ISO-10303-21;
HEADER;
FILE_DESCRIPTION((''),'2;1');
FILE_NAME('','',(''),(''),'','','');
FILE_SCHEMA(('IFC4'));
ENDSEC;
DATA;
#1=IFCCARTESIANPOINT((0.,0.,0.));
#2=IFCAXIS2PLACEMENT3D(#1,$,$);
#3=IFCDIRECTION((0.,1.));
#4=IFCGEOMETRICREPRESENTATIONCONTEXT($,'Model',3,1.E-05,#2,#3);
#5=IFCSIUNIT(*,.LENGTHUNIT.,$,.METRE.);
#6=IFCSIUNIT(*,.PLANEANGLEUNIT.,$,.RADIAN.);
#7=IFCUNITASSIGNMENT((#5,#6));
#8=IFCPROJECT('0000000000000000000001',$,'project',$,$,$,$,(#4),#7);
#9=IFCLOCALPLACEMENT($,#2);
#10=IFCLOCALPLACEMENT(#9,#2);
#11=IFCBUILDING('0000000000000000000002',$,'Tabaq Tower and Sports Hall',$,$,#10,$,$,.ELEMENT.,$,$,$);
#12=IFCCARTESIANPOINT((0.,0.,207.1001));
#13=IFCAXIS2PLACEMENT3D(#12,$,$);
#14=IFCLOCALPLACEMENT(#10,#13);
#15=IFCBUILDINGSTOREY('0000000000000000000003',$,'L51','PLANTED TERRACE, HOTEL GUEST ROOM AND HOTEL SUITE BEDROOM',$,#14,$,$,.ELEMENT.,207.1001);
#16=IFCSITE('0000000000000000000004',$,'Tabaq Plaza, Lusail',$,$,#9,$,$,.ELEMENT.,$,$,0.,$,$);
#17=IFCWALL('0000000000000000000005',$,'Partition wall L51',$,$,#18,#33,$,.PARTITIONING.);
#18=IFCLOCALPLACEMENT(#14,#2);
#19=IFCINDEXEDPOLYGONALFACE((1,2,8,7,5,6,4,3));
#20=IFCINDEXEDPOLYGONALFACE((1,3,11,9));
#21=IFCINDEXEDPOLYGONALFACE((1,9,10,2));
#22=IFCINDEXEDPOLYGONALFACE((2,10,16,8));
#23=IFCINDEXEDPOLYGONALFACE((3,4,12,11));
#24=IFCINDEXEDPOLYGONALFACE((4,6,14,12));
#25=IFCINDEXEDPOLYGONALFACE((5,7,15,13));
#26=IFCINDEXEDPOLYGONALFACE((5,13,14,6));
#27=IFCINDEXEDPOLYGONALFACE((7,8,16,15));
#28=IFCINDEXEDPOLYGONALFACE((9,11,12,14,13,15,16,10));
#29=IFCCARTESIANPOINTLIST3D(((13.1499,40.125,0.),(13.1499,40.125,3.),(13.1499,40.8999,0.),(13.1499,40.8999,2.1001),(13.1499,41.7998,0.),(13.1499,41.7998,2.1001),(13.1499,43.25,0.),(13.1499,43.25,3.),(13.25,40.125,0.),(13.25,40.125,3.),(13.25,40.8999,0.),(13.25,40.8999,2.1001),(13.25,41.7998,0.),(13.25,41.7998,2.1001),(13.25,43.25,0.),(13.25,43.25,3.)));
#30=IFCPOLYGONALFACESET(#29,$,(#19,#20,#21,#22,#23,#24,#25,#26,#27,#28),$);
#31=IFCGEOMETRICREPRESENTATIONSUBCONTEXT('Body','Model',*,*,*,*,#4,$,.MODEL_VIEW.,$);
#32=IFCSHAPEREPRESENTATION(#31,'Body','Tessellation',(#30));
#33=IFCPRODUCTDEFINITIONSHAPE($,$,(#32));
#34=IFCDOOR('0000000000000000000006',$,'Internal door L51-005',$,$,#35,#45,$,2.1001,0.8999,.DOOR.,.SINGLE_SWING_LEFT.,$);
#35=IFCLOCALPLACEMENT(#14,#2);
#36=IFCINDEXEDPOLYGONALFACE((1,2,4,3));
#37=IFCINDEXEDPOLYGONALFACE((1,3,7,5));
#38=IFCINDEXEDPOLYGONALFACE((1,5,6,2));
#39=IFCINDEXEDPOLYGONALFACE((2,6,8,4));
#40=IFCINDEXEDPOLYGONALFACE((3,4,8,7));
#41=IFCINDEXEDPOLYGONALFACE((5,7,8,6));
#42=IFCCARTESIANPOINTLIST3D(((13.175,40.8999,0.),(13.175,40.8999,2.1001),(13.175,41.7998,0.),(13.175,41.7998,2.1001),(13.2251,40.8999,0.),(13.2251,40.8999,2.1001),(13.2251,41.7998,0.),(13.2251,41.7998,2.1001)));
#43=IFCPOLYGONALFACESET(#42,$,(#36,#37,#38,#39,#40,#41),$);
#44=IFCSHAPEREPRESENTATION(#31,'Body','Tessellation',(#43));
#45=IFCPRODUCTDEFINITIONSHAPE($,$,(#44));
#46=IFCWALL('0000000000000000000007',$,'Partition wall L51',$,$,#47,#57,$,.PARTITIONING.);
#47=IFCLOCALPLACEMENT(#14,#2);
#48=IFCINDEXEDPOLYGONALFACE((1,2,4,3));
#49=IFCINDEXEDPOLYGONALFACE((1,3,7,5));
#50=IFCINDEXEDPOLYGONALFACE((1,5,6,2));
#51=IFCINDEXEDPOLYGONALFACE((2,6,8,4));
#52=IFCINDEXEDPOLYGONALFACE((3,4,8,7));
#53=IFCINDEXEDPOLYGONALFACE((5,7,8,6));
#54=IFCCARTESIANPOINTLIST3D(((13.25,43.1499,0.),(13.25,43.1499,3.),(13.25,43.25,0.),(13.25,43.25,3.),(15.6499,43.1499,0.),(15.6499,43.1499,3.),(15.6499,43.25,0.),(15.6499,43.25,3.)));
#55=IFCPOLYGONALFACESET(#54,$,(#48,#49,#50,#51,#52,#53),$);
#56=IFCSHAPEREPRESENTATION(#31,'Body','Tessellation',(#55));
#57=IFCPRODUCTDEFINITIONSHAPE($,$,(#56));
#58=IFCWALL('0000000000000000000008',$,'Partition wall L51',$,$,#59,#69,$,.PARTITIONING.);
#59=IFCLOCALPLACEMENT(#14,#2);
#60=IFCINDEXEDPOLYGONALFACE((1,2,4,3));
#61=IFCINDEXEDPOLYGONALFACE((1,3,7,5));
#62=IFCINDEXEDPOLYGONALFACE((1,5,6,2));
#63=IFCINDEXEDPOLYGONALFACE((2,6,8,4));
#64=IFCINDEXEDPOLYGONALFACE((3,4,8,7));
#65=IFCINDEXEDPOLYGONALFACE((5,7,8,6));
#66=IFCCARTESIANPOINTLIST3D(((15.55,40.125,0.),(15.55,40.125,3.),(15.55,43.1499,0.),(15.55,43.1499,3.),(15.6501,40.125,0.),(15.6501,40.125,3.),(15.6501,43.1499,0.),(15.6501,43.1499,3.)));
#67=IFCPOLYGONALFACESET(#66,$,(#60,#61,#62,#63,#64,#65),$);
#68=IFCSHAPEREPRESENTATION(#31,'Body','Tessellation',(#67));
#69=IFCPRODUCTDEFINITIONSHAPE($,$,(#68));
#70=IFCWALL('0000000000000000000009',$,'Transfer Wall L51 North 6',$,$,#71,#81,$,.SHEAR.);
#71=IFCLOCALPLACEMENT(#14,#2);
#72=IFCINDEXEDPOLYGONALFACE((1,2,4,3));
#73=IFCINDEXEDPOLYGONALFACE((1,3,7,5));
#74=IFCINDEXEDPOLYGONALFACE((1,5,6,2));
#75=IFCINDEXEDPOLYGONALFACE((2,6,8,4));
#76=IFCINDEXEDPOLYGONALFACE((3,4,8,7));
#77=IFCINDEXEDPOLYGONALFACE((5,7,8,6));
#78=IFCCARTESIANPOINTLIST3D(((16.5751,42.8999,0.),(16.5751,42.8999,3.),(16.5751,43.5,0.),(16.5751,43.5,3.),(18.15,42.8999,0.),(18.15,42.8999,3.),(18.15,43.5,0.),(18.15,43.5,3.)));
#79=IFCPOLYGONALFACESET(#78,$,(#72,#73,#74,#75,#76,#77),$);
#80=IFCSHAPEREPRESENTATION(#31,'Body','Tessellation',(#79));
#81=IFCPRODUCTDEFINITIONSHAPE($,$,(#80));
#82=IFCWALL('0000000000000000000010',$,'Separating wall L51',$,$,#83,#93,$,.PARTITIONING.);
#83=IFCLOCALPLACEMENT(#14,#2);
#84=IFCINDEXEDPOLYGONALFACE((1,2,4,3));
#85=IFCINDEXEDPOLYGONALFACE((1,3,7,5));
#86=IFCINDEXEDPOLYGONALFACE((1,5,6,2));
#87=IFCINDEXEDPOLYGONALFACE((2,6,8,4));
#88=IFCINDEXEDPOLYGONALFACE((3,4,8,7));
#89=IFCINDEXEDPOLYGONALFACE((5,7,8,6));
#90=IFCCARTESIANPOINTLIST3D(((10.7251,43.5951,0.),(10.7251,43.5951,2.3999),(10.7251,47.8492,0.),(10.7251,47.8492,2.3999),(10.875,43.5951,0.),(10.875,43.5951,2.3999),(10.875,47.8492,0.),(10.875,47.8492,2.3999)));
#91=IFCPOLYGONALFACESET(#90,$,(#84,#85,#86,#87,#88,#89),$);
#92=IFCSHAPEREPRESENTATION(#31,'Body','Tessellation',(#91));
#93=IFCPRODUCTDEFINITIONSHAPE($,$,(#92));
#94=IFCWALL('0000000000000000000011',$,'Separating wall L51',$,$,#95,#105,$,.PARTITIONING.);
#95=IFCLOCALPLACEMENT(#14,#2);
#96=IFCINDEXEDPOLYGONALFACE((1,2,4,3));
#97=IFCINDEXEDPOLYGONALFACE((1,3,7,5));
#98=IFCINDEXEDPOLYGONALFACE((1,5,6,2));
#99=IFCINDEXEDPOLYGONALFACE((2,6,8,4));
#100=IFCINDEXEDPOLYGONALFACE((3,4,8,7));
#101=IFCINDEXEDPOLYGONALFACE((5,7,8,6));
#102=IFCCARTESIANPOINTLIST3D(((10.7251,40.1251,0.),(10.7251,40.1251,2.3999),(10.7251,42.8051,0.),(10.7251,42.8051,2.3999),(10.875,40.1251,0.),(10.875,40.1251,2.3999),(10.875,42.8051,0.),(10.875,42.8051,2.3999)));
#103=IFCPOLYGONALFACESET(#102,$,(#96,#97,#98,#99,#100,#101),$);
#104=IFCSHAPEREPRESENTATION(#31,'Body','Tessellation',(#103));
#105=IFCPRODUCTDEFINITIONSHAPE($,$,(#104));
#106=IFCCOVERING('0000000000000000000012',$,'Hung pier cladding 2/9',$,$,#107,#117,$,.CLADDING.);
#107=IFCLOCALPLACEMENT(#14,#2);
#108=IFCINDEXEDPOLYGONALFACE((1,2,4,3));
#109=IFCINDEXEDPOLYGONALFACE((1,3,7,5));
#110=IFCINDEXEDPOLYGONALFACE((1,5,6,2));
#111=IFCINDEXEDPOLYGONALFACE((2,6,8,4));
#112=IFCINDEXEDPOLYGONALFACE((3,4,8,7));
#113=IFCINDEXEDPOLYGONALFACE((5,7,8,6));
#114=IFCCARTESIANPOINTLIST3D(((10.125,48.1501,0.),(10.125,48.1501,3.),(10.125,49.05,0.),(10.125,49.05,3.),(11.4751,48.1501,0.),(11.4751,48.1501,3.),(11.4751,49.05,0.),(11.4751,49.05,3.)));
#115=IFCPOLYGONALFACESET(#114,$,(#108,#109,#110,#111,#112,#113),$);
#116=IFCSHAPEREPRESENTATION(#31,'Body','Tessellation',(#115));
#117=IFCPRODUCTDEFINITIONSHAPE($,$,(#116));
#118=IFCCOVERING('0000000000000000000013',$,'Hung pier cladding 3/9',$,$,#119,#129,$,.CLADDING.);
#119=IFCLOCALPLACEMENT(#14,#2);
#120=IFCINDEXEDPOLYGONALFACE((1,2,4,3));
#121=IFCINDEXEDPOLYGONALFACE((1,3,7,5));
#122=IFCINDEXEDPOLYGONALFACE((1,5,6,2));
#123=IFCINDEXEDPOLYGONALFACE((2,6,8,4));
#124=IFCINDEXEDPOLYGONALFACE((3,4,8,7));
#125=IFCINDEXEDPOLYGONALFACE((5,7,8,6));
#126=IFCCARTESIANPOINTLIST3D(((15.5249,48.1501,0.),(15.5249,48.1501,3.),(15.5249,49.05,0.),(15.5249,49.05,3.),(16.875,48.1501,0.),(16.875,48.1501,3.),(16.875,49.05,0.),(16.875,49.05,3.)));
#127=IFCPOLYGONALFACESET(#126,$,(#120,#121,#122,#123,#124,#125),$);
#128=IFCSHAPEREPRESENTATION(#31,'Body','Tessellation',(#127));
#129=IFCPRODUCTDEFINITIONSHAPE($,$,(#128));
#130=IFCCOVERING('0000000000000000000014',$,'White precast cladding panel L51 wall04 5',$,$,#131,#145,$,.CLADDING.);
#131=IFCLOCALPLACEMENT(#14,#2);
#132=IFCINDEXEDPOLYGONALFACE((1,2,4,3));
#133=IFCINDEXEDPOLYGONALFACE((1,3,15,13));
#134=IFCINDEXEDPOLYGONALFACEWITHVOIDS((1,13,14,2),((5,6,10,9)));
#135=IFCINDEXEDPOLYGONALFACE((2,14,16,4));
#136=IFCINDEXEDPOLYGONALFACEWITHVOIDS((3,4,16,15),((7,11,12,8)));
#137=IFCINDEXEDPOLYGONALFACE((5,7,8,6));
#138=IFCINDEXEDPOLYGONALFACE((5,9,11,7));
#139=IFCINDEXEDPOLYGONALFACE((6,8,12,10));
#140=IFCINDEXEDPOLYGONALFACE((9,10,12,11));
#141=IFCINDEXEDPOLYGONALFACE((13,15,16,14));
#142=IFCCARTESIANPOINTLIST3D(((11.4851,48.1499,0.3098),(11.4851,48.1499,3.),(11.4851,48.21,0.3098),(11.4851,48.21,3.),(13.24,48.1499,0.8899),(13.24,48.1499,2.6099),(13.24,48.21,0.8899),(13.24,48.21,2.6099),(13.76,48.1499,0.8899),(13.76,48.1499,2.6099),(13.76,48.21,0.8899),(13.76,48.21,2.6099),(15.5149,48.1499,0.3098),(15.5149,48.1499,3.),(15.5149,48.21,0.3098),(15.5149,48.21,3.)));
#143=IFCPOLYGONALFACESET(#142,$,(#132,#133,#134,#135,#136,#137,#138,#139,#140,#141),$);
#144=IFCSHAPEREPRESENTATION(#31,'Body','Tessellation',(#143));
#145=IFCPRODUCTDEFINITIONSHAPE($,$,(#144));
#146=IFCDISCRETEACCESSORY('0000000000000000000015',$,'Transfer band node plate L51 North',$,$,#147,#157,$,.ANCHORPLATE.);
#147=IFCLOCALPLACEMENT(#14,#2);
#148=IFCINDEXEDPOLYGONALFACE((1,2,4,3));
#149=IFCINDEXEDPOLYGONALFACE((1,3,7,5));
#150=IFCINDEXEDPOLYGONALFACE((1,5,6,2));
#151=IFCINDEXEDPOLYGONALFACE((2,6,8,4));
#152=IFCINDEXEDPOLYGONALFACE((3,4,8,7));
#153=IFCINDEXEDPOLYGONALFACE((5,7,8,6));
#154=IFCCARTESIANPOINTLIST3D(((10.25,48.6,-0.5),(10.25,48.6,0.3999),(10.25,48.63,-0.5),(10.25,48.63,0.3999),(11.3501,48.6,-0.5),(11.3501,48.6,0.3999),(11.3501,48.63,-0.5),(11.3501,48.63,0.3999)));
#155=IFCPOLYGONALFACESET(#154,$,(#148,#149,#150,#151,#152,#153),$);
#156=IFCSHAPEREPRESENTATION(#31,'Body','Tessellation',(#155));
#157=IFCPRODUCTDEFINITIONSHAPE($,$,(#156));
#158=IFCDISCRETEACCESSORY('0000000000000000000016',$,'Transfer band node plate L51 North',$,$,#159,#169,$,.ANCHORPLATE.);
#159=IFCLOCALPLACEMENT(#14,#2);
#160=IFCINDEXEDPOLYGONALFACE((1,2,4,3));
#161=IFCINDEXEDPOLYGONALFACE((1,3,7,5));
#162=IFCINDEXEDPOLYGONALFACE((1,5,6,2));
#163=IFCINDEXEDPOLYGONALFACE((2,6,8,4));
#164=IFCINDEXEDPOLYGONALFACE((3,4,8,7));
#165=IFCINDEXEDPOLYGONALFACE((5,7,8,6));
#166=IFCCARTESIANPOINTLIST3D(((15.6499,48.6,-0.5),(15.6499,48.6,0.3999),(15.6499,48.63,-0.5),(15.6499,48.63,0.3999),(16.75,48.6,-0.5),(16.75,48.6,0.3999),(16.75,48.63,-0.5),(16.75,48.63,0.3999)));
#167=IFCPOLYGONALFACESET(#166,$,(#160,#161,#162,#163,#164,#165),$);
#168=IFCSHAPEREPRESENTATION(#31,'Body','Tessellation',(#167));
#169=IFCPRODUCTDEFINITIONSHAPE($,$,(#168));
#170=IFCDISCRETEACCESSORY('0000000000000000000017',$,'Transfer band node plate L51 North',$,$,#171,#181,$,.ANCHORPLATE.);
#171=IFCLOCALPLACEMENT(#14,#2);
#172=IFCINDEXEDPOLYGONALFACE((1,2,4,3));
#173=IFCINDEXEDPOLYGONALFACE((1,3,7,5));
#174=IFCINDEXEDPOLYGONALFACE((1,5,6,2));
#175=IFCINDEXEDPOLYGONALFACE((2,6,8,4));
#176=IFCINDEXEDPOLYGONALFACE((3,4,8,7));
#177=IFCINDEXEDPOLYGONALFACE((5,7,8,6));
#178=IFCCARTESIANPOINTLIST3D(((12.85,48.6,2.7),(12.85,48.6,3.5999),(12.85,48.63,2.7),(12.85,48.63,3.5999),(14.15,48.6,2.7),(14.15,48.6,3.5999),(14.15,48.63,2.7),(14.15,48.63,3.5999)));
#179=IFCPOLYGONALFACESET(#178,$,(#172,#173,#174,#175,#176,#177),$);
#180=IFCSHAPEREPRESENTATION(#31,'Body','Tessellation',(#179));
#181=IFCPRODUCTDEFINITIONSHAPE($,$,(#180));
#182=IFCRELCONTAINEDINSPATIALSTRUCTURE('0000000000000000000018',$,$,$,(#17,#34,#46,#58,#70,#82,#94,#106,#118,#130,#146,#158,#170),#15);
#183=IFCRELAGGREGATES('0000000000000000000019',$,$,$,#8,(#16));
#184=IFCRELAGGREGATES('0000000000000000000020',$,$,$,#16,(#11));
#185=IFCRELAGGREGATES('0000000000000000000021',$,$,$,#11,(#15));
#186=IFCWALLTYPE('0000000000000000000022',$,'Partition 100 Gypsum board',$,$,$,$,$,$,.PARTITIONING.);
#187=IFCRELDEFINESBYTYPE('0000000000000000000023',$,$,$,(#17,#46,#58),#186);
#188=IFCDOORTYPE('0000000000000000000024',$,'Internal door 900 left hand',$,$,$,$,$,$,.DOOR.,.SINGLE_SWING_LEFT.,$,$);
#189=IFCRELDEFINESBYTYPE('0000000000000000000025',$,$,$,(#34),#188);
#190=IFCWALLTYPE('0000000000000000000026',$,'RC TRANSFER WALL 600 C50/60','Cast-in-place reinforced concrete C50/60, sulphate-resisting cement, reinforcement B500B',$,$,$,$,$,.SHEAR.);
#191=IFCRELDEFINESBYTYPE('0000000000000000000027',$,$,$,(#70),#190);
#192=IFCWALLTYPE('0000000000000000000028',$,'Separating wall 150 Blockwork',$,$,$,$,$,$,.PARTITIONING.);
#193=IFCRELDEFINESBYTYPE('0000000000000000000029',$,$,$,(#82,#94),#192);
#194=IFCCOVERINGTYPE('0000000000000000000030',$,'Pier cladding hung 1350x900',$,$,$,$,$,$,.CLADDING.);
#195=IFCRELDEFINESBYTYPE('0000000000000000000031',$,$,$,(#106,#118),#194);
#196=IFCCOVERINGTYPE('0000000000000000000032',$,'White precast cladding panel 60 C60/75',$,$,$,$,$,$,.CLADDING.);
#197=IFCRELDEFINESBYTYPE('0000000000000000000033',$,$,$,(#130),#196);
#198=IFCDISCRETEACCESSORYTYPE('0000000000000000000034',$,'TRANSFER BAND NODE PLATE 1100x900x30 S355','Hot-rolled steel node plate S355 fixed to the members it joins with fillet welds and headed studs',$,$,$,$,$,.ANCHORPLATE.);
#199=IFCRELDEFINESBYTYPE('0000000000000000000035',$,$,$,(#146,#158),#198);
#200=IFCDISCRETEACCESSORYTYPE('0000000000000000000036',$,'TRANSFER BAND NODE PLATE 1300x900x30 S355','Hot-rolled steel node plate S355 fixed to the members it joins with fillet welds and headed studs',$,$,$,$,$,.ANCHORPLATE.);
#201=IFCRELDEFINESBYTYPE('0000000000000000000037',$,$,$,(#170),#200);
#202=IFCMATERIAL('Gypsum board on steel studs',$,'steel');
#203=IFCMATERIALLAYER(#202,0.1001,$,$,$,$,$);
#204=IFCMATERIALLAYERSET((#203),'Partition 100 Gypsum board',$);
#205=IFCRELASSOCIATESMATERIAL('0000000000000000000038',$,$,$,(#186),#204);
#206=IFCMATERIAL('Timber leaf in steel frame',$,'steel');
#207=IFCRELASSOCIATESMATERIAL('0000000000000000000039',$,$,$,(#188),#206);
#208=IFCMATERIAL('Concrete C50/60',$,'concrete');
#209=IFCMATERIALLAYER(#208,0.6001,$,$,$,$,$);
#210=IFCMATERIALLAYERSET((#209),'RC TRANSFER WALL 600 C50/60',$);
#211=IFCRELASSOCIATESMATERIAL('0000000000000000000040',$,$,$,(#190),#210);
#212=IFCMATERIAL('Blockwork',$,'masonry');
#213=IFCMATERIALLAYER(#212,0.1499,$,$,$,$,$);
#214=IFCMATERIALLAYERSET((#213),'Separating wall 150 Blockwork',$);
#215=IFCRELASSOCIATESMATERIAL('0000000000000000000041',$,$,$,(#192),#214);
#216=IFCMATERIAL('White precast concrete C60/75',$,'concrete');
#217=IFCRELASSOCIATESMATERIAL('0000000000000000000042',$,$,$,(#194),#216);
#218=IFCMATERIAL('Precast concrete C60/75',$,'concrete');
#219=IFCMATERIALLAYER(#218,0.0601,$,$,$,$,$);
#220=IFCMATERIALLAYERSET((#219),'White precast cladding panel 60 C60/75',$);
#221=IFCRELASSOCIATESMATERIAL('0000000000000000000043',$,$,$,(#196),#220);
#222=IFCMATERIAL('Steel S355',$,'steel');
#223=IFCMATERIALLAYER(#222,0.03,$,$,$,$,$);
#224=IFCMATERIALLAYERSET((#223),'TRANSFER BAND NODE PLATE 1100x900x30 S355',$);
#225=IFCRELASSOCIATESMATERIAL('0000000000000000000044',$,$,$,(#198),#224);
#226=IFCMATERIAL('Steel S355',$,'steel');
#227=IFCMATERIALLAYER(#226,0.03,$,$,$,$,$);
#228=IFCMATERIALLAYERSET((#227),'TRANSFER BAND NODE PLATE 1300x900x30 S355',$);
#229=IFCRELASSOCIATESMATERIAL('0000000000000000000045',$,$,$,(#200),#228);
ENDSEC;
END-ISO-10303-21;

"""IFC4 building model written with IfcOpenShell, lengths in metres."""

from ifc_helpers import new_model, si_unit, direction, frame, frame_2d, origin, origin_2d, place, context, subcontext, project, spatial, polyline, rectangle, outline, extrude, material, layer, layer_set, type_object, element, fill, save


model = new_model("IFC4")

# Units and contexts
model_context = context("Model", 3, precision=1e-05, world=origin(), true_north=direction((0.0, 1.0)))
body_context = subcontext(model_context, "Body", "Model", "MODEL_VIEW")
ifc_project = project(units=[si_unit("LENGTHUNIT", "METRE"), si_unit("PLANEANGLEUNIT", "RADIAN")], contexts=[model_context])

# Site, building, storey
site_placement = place(None, origin())
site = spatial("IfcSite", under=ifc_project, at=site_placement, Name="Tabaq Plaza, Lusail", CompositionType="ELEMENT", RefElevation=0.0)
building_placement = place(site_placement, origin())
building = spatial("IfcBuilding", under=site, at=building_placement, Name="Tabaq Tower and Sports Hall", CompositionType="ELEMENT")
storey_placement = place(building_placement, frame((0.0, 0.0, 207.1001)))
storey = spatial("IfcBuildingStorey", under=building, at=storey_placement, Name="L51", Description="PLANTED TERRACE, HOTEL GUEST ROOM AND HOTEL SUITE BEDROOM", CompositionType="ELEMENT", Elevation=207.1001)

# Shared definitions
ifc_material_1 = material(Name="Gypsum board on steel studs", Category="steel")
ifc_layer_1 = layer(ifc_material_1, 0.1001)
ifc_layer_set_1 = layer_set([ifc_layer_1], Name="Partition 100 Gypsum board")
wall_type_1 = type_object("IfcWallType", Name="Partition 100 Gypsum board", PredefinedType="PARTITIONING", material=ifc_layer_set_1)

# Wall, opening, door
wall_1_placement = place(storey_placement, frame((13.2, 40.125, 0.0), z_axis=(0.0, 0.0, 1.0), x_axis=(0.0, 1.0, 0.0)))
wall_1 = element("IfcWall", 1, at=wall_1_placement, inside=storey, type_object=wall_type_1, Name="Partition wall L51", PredefinedType="PARTITIONING", context=body_context, shape_type="SweptSolid", body=[
    extrude(rectangle(XDim=3.125, YDim=0.1001, at=frame_2d((1.5625, 0.0))), origin(), (0.0, 0.0, 1.0), 3.0),
])
opening_1_placement = place(wall_1_placement, frame((0.7749, 0.0, 0.0)))
opening_1 = element("IfcOpeningElement", 2, at=opening_1_placement, cuts=wall_1, PredefinedType="OPENING", context=body_context, shape_type="SweptSolid", body=[
    extrude(rectangle(XDim=0.8999, YDim=2.1001, at=frame_2d((0.45, 1.05))), frame((0.0, 0.05, 0.0), z_axis=(0.0, -1.0, 0.0), x_axis=(1.0, 0.0, 0.0)), (0.0, 0.0, 1.0), 0.1001),
])
ifc_material_2 = material(Name="Timber leaf in steel frame", Category="steel")
door_type_1 = type_object("IfcDoorType", Name="Internal door 900 left hand", OperationType="SINGLE_SWING_LEFT", PredefinedType="DOOR", material=ifc_material_2)
door_1_placement = place(opening_1_placement, origin())
door_1 = element("IfcDoor", 3, at=door_1_placement, inside=storey, type_object=door_type_1, Name="Internal door L51-005", OperationType="SINGLE_SWING_LEFT", OverallHeight=2.1001, OverallWidth=0.8999, PredefinedType="DOOR", context=body_context, shape_type="SweptSolid", body=[
    extrude(rectangle(XDim=0.8999, YDim=2.1001, at=frame_2d((0.45, 1.05))), frame((0.0, 0.0249, 0.0), z_axis=(0.0, -1.0, 0.0), x_axis=(1.0, 0.0, 0.0)), (0.0, 0.0, 1.0), 0.05),
])
fill(opening_1, door_1)

# Walls
wall_2_placement = place(storey_placement, frame((13.25, 43.2, 0.0), z_axis=(0.0, 0.0, 1.0), x_axis=(1.0, 0.0, 0.0)))
element("IfcWall", 4, at=wall_2_placement, inside=storey, type_object=wall_type_1, Name="Partition wall L51", PredefinedType="PARTITIONING", context=body_context, shape_type="SweptSolid", body=[
    extrude(rectangle(XDim=2.3999, YDim=0.1001, at=frame_2d((1.2, 0.0))), origin(), (0.0, 0.0, 1.0), 3.0),
])
wall_3_placement = place(storey_placement, frame((15.6001, 43.1499, 0.0), z_axis=(0.0, 0.0, 1.0), x_axis=(0.0, -1.0, 0.0)))
element("IfcWall", 5, at=wall_3_placement, inside=storey, type_object=wall_type_1, Name="Partition wall L51", PredefinedType="PARTITIONING", context=body_context, shape_type="SweptSolid", body=[
    extrude(rectangle(XDim=3.0249, YDim=0.1001, at=frame_2d((1.5125, 0.0))), origin(), (0.0, 0.0, 1.0), 3.0),
])
ifc_material_3 = material(Name="Concrete C50/60", Category="concrete")
ifc_layer_2 = layer(ifc_material_3, 0.6001)
ifc_layer_set_2 = layer_set([ifc_layer_2], Name="RC TRANSFER WALL 600 C50/60")
wall_type_2 = type_object("IfcWallType", Name="RC TRANSFER WALL 600 C50/60", Description="Cast-in-place reinforced concrete C50/60, sulphate-resisting cement, reinforcement B500B", PredefinedType="SHEAR", material=ifc_layer_set_2)
wall_4_placement = place(storey_placement, frame((16.575, 43.2, 0.0), z_axis=(0.0, 0.0, 1.0), x_axis=(1.0, 0.0, 0.0)))
element("IfcWall", 6, at=wall_4_placement, inside=storey, type_object=wall_type_2, Name="Transfer Wall L51 North 6", PredefinedType="SHEAR", context=body_context, shape_type="SweptSolid", body=[
    extrude(rectangle(XDim=1.575, YDim=0.6001, at=frame_2d((0.7876, 0.0))), origin(), (0.0, 0.0, 1.0), 3.0),
])
ifc_material_4 = material(Name="Blockwork", Category="masonry")
ifc_layer_3 = layer(ifc_material_4, 0.1499)
ifc_layer_set_3 = layer_set([ifc_layer_3], Name="Separating wall 150 Blockwork")
wall_type_3 = type_object("IfcWallType", Name="Separating wall 150 Blockwork", PredefinedType="PARTITIONING", material=ifc_layer_set_3)
wall_5_placement = place(storey_placement, frame((10.8, 47.8491, 0.0), z_axis=(0.0, 0.0, 1.0), x_axis=(0.0, -1.0, 0.0)))
element("IfcWall", 7, at=wall_5_placement, inside=storey, type_object=wall_type_3, Name="Separating wall L51", PredefinedType="PARTITIONING", context=body_context, shape_type="SweptSolid", body=[
    extrude(rectangle(XDim=4.2542, YDim=0.1499, at=frame_2d((2.127, 0.0))), origin(), (0.0, 0.0, 1.0), 2.3999),
])
wall_6_placement = place(storey_placement, frame((10.8, 42.8049, 0.0), z_axis=(0.0, 0.0, 1.0), x_axis=(0.0, -1.0, 0.0)))
element("IfcWall", 8, at=wall_6_placement, inside=storey, type_object=wall_type_3, Name="Separating wall L51", PredefinedType="PARTITIONING", context=body_context, shape_type="SweptSolid", body=[
    extrude(rectangle(XDim=2.6799, YDim=0.1499, at=frame_2d((1.3398, 0.0))), origin(), (0.0, 0.0, 1.0), 2.3999),
])

# Coverings
ifc_material_5 = material(Name="White precast concrete C60/75", Category="concrete")
covering_type_1 = type_object("IfcCoveringType", Name="Pier cladding hung 1350x900", PredefinedType="CLADDING", material=ifc_material_5)
for number, where, z_axis, x_axis, name in (
    (9, (11.4751, 48.6001, 0.0), (0.0, 0.0, 1.0), (-1.0, 0.0, 0.0), "Hung pier cladding 2/9"),
    (10, (16.875, 48.6001, 0.0), (0.0, 0.0, 1.0), (-1.0, 0.0, 0.0), "Hung pier cladding 3/9"),
):
    element("IfcCovering", number, at=place(storey_placement, frame(where, z_axis=z_axis, x_axis=x_axis)), inside=storey, type_object=covering_type_1, Name=name, PredefinedType="CLADDING", context=body_context, shape_type="SweptSolid", body=[
        extrude(rectangle(XDim=1.3501, YDim=0.8999, at=frame_2d((0.675, 0.0))), origin(), (0.0, 0.0, 1.0), 3.0),
    ])
ifc_material_6 = material(Name="Precast concrete C60/75", Category="concrete")
ifc_layer_4 = layer(ifc_material_6, 0.0601)
ifc_layer_set_4 = layer_set([ifc_layer_4], Name="White precast cladding panel 60 C60/75")
covering_type_2 = type_object("IfcCoveringType", Name="White precast cladding panel 60 C60/75", PredefinedType="CLADDING", material=ifc_layer_set_4)
covering_placement = place(storey_placement, frame((15.5149, 48.1799, 0.3098), z_axis=(0.0, 0.0, 1.0), x_axis=(-1.0, 0.0, 0.0)))
element("IfcCovering", 11, at=covering_placement, inside=storey, type_object=covering_type_2, Name="White precast cladding panel L51 wall04 5", PredefinedType="CLADDING", context=body_context, shape_type="SweptSolid", body=[
    extrude(outline(polyline([(0.0, 0.0), (4.0298, 0.0), (4.0298, 2.6902), (0.0, 2.6902), (0.0, 0.0)]), holes=[polyline([(1.7549, 0.5801), (1.7549, 2.3), (2.2749, 2.3), (2.2749, 0.5801), (1.7549, 0.5801)])]), frame((0.0, 0.03, 0.0), z_axis=(0.0, -1.0, 0.0), x_axis=(1.0, 0.0, 0.0)), (0.0, 0.0, 1.0), 0.0601),
])

# Discrete accessories
ifc_material_7 = material(Name="Steel S355", Category="steel")
ifc_layer_5 = layer(ifc_material_7, 0.03)
ifc_layer_set_5 = layer_set([ifc_layer_5], Name="TRANSFER BAND NODE PLATE 1100x900x30 S355")
discrete_accessory_type_1 = type_object("IfcDiscreteAccessoryType", Name="TRANSFER BAND NODE PLATE 1100x900x30 S355", Description="Hot-rolled steel node plate S355 fixed to the members it joins with fillet welds and headed studs", PredefinedType="ANCHORPLATE", material=ifc_layer_set_5)
for number, where, z_axis, x_axis, name in (
    (12, (10.8, 48.615, -0.5), (0.0, 0.0, 1.0), (-1.0, 0.0, 0.0), "Transfer band node plate L51 North"),
    (13, (16.2, 48.615, -0.5), (0.0, 0.0, 1.0), (-1.0, 0.0, 0.0), "Transfer band node plate L51 North"),
):
    element("IfcDiscreteAccessory", number, at=place(storey_placement, frame(where, z_axis=z_axis, x_axis=x_axis)), inside=storey, type_object=discrete_accessory_type_1, Name=name, PredefinedType="ANCHORPLATE", context=body_context, shape_type="SweptSolid", body=[
        extrude(rectangle(XDim=1.1001, YDim=0.03, at=origin_2d()), origin(), (0.0, 0.0, 1.0), 0.8999),
    ])
ifc_material_8 = material(Name="Steel S355", Category="steel")
ifc_layer_6 = layer(ifc_material_8, 0.03)
ifc_layer_set_6 = layer_set([ifc_layer_6], Name="TRANSFER BAND NODE PLATE 1300x900x30 S355")
discrete_accessory_type_2 = type_object("IfcDiscreteAccessoryType", Name="TRANSFER BAND NODE PLATE 1300x900x30 S355", Description="Hot-rolled steel node plate S355 fixed to the members it joins with fillet welds and headed studs", PredefinedType="ANCHORPLATE", material=ifc_layer_set_6)
for number, where, z_axis, x_axis, name in (
    (14, (13.5, 48.615, 2.7), (0.0, 0.0, 1.0), (-1.0, 0.0, 0.0), "Transfer band node plate L51 North"),
):
    element("IfcDiscreteAccessory", number, at=place(storey_placement, frame(where, z_axis=z_axis, x_axis=x_axis)), inside=storey, type_object=discrete_accessory_type_2, Name=name, PredefinedType="ANCHORPLATE", context=body_context, shape_type="SweptSolid", body=[
        extrude(rectangle(XDim=1.3, YDim=0.03, at=origin_2d()), origin(), (0.0, 0.0, 1.0), 0.8999),
    ])

save(model, "model.ifc")
